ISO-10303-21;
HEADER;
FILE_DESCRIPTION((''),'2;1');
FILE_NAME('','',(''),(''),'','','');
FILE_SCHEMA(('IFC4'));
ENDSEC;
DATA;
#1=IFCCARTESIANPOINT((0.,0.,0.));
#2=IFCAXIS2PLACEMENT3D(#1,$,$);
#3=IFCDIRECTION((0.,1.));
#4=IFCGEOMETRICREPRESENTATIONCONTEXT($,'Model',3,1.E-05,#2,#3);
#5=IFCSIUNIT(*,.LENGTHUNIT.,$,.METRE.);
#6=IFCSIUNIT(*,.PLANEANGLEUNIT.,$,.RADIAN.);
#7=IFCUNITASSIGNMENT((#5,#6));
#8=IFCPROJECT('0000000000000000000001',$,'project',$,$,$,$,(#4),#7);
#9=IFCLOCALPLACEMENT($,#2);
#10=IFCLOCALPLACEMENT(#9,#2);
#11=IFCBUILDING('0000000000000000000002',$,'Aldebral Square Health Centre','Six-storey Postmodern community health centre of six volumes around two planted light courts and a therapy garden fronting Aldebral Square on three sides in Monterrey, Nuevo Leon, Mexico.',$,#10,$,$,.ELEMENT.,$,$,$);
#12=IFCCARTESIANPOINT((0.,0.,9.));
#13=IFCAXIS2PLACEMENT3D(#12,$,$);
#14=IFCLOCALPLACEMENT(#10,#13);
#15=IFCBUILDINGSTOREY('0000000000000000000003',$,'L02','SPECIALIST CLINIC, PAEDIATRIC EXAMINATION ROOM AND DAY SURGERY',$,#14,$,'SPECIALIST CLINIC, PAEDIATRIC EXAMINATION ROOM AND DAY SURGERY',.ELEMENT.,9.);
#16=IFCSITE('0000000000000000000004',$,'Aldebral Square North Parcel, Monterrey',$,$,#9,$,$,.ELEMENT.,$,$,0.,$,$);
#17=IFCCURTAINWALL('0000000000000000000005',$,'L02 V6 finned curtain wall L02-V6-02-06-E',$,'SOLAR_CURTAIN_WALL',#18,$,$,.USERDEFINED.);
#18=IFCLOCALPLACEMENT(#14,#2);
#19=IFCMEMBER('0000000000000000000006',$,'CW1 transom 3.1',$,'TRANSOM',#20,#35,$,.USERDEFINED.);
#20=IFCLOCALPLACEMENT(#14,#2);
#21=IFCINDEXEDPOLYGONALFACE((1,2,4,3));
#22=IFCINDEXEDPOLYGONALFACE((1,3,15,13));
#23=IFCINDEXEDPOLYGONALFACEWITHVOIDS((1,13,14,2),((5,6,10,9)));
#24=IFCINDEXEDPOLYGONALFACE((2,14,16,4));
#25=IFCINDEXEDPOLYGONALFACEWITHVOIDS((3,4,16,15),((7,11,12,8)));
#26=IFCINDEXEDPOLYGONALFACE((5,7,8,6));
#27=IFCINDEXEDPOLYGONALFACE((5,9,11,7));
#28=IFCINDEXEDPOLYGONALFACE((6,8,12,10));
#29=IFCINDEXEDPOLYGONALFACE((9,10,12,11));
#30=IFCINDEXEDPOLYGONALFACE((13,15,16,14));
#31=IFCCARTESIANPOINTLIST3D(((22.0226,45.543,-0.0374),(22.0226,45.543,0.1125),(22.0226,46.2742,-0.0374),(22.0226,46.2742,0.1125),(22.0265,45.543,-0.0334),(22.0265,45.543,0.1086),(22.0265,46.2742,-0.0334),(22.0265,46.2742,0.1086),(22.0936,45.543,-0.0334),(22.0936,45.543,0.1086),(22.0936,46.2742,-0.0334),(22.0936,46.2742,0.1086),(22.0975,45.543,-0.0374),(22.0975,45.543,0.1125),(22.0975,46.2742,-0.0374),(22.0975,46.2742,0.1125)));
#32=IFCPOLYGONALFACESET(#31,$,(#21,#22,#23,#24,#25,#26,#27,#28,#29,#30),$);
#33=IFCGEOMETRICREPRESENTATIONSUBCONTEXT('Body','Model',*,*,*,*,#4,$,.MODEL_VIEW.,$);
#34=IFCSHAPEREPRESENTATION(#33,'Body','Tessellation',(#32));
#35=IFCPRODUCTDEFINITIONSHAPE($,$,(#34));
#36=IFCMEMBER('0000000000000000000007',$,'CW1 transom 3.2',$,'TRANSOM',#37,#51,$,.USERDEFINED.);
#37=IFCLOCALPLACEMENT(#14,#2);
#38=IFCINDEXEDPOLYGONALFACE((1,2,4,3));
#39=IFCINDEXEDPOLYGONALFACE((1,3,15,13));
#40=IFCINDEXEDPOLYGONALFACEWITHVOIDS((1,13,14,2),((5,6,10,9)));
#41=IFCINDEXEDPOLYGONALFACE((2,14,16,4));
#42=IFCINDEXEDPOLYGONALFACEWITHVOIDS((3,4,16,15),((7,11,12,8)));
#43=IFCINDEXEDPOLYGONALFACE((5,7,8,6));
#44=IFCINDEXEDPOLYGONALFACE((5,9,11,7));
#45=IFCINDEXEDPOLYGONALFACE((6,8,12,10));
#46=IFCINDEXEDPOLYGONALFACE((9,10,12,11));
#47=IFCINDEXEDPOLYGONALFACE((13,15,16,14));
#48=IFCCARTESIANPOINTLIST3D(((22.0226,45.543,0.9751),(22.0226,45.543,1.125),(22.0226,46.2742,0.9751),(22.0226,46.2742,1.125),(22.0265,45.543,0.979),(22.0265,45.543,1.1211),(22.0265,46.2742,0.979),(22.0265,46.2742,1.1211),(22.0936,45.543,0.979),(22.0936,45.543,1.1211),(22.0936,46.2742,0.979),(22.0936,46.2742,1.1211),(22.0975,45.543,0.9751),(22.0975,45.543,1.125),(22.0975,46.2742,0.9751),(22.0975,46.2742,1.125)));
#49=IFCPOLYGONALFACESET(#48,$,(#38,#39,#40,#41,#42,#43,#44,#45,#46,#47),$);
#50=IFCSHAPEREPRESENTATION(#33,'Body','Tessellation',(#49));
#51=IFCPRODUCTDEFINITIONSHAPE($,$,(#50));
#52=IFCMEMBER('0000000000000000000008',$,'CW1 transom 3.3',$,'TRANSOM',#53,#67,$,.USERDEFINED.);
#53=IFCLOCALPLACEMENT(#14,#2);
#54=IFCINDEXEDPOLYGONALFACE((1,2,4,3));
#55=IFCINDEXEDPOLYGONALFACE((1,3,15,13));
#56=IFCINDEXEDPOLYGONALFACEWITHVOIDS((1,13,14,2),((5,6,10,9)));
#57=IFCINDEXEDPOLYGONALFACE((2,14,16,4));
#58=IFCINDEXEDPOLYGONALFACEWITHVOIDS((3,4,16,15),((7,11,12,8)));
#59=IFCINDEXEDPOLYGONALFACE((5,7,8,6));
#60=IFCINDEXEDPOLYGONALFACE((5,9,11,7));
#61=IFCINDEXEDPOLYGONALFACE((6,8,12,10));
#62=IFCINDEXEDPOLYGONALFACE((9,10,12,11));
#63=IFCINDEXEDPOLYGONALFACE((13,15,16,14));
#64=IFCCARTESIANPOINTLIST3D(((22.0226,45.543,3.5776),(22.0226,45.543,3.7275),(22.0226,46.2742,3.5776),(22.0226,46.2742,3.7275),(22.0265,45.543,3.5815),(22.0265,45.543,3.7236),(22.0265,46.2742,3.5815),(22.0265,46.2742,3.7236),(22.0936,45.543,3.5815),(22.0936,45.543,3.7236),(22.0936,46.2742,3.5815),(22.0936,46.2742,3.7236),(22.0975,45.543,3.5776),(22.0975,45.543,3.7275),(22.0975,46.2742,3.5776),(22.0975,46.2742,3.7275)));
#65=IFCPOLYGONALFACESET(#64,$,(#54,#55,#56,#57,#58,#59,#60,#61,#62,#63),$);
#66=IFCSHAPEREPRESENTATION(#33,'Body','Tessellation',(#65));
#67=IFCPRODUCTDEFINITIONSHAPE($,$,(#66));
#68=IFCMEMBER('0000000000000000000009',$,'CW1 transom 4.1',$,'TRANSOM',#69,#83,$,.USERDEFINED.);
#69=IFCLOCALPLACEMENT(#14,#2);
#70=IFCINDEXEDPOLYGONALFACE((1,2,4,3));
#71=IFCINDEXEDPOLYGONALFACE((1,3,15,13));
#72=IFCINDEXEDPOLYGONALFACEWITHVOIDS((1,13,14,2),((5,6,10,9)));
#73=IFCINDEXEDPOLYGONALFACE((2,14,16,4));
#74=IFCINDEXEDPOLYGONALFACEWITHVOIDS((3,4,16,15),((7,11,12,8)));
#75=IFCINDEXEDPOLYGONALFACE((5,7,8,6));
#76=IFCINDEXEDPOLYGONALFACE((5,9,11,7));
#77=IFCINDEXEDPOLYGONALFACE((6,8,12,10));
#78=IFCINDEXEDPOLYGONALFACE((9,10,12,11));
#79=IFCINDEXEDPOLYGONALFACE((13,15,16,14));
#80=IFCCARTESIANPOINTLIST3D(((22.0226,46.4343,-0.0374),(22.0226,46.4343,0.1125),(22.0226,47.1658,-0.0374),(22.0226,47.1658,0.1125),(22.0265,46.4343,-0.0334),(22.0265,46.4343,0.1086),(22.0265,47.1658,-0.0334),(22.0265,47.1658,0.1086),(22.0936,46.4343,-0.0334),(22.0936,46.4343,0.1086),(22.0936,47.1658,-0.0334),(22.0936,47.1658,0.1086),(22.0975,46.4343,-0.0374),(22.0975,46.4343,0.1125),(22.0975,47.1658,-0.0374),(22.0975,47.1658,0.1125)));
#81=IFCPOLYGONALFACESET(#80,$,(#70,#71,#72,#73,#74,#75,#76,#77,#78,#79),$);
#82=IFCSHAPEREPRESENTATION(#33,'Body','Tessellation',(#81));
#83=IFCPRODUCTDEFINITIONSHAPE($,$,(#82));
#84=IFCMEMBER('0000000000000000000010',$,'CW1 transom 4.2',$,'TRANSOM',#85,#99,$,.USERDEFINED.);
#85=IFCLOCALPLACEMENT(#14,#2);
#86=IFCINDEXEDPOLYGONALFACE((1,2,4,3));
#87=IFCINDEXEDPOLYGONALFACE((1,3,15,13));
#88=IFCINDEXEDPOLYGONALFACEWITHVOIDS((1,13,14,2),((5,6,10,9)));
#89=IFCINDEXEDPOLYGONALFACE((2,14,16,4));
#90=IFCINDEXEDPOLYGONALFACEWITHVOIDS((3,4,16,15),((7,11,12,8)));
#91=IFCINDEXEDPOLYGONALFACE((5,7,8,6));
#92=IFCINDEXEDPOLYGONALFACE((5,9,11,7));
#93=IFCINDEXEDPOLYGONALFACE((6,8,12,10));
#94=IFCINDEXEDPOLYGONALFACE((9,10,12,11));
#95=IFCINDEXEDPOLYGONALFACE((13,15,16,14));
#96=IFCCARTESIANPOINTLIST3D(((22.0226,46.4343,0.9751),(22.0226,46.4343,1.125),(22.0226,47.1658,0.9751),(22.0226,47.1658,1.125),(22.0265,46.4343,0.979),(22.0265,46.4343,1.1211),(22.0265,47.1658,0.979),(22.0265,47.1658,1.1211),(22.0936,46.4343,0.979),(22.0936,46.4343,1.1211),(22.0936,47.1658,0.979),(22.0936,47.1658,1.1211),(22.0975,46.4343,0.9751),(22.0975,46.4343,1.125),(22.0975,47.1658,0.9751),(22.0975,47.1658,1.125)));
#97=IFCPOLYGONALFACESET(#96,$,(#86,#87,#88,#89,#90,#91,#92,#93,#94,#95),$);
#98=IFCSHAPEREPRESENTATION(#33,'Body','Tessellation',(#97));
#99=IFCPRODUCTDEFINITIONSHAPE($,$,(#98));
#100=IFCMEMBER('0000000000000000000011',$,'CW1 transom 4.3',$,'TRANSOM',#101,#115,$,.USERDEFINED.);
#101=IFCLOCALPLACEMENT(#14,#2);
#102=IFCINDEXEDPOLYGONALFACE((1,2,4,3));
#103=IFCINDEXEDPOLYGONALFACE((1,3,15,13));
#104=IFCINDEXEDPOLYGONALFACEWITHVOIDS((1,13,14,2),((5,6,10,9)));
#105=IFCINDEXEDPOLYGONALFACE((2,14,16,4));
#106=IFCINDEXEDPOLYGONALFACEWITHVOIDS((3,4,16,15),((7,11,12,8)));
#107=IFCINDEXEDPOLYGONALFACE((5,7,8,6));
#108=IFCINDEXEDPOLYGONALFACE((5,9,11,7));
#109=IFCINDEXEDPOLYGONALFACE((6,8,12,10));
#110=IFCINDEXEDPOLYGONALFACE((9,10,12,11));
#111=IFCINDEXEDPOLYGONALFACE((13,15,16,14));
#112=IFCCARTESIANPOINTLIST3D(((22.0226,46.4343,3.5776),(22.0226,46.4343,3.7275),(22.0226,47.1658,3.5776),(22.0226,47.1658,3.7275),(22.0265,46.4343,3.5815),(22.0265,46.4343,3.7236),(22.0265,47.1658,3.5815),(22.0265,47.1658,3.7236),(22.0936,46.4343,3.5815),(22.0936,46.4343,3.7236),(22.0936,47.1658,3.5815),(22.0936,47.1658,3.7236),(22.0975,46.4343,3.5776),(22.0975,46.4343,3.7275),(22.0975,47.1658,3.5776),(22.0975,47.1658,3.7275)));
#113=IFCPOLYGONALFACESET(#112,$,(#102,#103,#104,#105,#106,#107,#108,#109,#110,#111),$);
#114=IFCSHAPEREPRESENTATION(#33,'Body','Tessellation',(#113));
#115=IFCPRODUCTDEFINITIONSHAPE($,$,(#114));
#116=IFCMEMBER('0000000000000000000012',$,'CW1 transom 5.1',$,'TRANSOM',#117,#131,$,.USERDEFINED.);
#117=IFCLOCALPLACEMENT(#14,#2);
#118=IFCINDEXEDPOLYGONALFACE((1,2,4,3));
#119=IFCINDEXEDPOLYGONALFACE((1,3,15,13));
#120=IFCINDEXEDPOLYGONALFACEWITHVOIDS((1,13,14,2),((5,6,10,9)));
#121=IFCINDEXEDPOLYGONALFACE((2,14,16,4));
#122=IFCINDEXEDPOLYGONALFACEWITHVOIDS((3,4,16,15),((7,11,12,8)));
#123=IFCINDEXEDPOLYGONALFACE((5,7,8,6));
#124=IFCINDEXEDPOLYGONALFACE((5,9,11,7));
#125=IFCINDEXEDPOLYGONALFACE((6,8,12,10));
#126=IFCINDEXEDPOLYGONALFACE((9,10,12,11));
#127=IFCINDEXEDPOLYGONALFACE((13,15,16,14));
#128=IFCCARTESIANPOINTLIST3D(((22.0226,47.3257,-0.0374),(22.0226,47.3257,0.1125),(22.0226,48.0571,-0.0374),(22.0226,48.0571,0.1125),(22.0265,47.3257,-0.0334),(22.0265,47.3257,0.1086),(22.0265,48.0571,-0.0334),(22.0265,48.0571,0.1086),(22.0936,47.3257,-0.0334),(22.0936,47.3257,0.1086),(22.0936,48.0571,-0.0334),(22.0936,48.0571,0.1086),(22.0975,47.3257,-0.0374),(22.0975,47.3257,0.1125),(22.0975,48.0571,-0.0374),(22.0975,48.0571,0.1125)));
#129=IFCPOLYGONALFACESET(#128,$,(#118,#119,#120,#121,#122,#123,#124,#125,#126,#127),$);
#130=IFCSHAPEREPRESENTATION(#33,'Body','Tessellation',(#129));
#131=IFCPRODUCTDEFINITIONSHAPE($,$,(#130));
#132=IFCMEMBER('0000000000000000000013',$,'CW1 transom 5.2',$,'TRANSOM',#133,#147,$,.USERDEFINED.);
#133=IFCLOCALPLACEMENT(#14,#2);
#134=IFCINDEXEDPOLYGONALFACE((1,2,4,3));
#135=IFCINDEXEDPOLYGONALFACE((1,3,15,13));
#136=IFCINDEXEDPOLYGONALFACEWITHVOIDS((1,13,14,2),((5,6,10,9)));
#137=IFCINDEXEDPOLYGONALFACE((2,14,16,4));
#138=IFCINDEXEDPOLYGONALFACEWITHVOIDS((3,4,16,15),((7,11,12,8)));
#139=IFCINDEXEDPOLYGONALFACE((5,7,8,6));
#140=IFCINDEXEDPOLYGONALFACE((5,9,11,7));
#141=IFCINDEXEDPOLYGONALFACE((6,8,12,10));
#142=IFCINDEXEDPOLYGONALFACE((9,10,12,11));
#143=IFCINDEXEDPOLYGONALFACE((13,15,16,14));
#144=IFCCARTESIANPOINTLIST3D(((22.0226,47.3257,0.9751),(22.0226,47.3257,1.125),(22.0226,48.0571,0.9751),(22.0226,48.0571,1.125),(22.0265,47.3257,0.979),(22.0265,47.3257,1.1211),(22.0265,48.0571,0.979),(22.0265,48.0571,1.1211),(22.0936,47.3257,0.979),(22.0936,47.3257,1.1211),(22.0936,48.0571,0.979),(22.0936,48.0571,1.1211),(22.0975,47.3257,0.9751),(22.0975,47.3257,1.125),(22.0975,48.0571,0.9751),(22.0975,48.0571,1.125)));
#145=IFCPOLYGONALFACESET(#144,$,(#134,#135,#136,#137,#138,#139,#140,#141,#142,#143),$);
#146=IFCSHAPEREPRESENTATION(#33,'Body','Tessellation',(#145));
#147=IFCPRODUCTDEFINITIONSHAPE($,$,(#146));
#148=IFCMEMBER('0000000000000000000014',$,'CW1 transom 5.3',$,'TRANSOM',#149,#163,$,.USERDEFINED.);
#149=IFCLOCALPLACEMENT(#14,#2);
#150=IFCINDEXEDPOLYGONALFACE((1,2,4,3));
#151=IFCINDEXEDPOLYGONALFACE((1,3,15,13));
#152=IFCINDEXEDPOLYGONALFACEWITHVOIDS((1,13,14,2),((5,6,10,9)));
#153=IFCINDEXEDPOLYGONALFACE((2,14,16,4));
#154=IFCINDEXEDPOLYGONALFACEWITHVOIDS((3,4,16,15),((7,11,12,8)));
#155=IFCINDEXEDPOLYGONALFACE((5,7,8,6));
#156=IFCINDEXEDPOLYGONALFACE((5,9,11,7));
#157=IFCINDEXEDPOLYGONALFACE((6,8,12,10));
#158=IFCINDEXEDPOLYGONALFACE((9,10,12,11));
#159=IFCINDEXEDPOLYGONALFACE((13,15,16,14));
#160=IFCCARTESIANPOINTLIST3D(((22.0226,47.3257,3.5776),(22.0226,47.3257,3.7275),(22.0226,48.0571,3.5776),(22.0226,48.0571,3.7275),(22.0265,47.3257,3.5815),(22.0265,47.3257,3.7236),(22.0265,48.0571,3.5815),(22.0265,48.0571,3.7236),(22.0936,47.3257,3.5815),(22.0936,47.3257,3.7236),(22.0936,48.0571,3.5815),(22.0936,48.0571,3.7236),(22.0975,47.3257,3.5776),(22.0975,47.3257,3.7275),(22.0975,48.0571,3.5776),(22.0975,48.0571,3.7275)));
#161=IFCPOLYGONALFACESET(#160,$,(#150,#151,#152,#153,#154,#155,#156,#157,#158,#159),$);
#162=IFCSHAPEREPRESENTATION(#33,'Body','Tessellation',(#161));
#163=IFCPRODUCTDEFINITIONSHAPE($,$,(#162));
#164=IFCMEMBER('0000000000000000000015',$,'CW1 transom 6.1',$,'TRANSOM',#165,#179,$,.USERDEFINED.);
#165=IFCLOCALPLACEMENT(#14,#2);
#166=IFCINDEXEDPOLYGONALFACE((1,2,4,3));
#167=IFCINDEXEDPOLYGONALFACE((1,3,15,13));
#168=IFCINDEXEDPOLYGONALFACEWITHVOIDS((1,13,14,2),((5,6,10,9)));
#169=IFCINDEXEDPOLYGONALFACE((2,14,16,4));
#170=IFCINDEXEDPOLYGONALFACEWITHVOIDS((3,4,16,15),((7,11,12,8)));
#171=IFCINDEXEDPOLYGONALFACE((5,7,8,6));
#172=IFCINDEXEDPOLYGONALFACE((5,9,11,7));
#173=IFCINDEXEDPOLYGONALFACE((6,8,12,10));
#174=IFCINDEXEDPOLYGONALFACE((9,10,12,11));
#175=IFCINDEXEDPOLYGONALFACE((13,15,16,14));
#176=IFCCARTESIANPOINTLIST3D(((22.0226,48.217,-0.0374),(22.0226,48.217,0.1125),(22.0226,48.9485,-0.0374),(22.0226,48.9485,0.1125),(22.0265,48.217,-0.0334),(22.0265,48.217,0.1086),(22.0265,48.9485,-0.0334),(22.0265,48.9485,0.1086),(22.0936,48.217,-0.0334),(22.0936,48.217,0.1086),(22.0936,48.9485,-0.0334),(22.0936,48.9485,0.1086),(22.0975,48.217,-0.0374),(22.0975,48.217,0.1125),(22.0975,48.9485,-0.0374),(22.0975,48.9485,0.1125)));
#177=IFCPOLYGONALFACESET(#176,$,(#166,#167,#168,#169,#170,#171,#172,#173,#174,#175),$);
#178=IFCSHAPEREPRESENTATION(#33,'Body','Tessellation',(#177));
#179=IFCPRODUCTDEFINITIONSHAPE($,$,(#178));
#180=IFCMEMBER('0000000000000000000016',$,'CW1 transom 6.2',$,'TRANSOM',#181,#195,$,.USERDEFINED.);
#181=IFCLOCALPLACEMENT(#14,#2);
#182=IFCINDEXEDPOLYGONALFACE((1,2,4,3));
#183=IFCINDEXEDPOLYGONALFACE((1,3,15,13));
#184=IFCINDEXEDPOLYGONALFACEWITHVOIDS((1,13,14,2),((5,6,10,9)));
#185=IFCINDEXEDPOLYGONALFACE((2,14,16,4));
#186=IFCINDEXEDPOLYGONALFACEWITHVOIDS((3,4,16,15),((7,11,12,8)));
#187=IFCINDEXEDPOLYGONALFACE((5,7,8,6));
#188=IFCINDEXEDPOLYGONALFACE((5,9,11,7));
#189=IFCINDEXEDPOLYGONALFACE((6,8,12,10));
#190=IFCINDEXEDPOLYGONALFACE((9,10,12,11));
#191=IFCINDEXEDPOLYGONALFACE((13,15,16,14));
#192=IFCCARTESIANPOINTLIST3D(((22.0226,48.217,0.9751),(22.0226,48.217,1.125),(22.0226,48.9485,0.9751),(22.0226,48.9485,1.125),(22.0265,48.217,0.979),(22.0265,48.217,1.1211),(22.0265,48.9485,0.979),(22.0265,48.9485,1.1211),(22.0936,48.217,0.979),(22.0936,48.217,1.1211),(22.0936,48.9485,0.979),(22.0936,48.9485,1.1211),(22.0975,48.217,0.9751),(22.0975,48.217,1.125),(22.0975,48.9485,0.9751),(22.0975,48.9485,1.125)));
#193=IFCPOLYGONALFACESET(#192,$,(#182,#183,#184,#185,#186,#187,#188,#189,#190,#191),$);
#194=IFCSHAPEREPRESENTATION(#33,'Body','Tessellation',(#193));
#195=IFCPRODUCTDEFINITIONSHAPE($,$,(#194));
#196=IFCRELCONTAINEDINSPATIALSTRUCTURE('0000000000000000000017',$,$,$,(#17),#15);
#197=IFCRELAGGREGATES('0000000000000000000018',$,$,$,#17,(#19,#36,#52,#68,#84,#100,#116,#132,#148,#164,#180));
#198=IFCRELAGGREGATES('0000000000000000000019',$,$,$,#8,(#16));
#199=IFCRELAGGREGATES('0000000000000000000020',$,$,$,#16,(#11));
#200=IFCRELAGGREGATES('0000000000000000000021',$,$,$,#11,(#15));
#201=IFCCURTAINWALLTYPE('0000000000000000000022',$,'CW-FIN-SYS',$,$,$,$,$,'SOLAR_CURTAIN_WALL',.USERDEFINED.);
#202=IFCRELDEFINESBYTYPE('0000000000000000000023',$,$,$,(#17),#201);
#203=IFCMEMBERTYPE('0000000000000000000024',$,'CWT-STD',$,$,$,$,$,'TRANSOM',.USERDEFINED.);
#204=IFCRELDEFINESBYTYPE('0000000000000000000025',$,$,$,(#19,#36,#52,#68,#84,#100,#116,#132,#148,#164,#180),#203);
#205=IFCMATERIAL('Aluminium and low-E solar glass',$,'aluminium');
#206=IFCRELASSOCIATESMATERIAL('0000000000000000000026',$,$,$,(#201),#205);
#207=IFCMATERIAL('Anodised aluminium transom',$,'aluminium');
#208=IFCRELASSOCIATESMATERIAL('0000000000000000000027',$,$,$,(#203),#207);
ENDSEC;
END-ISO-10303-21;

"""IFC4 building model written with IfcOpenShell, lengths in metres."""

from ifc_helpers import new_model, si_unit, direction, frame, origin, origin_2d, place, context, subcontext, project, spatial, hollow_rectangle, extrude, material, material_profile, profile_set, type_object, element, aggregate, save


model = new_model("IFC4")

# Units and contexts
model_context = context("Model", 3, precision=1e-05, world=origin(), true_north=direction((0.0, 1.0)))
body_context = subcontext(model_context, "Body", "Model", "MODEL_VIEW")
ifc_project = project(units=[si_unit("LENGTHUNIT", "METRE"), si_unit("PLANEANGLEUNIT", "RADIAN")], contexts=[model_context])

# Site, building, storey
site_placement = place(None, origin())
site = spatial("IfcSite", under=ifc_project, at=site_placement, Name="Aldebral Square North Parcel, Monterrey", CompositionType="ELEMENT", RefElevation=0.0)
building_placement = place(site_placement, origin())
building = spatial("IfcBuilding", under=site, at=building_placement, Name="Aldebral Square Health Centre", Description="Six-storey Postmodern community health centre of six volumes around two planted light courts and a therapy garden fronting Aldebral Square on three sides in Monterrey, Nuevo Leon, Mexico.", CompositionType="ELEMENT")
storey_placement = place(building_placement, frame((0.0, 0.0, 9.0)))
storey = spatial("IfcBuildingStorey", under=building, at=storey_placement, Name="L02", Description="SPECIALIST CLINIC, PAEDIATRIC EXAMINATION ROOM AND DAY SURGERY", LongName="SPECIALIST CLINIC, PAEDIATRIC EXAMINATION ROOM AND DAY SURGERY", CompositionType="ELEMENT", Elevation=9.0)

# Curtain wall, members
ifc_material_1 = material(Name="Aluminium and low-E solar glass", Category="aluminium")
curtain_wall_type = type_object("IfcCurtainWallType", Name="CW-FIN-SYS", ElementType="SOLAR_CURTAIN_WALL", PredefinedType="USERDEFINED", material=ifc_material_1)
curtain_wall_placement = place(storey_placement, origin())
curtain_wall = element("IfcCurtainWall", 1, at=curtain_wall_placement, inside=storey, type_object=curtain_wall_type, Name="L02 V6 finned curtain wall L02-V6-02-06-E", ObjectType="SOLAR_CURTAIN_WALL", PredefinedType="USERDEFINED")
ifc_material_2 = material(Name="Anodised aluminium transom", Category="aluminium")
ifc_material_profile_1 = material_profile(ifc_material_2, hollow_rectangle(XDim=0.075, YDim=0.1499, WallThickness=0.0039, at=origin_2d()), Name="CWT 75x150x4")
ifc_profile_set_1 = profile_set([ifc_material_profile_1], Name="Anodised aluminium transom")
member_type_1 = type_object("IfcMemberType", Name="CWT-STD", ElementType="TRANSOM", PredefinedType="USERDEFINED", material=ifc_profile_set_1)
member_1_placement = place(storey_placement, frame((22.0601, 45.543, 0.0376), z_axis=(0.0, 1.0, 0.0), x_axis=(-1.0, 0.0, 0.0)))
member_1 = element("IfcMember", 2, at=member_1_placement, type_object=member_type_1, Name="CW1 transom 3.1", ObjectType="TRANSOM", PredefinedType="USERDEFINED", context=body_context, shape_type="SweptSolid", body=[
    extrude(hollow_rectangle(XDim=0.075, YDim=0.1499, WallThickness=0.0039, at=origin_2d()), origin(), (0.0, 0.0, 1.0), 0.7312),
])
member_2_placement = place(storey_placement, frame((22.0601, 45.543, 1.05), z_axis=(0.0, 1.0, 0.0), x_axis=(-1.0, 0.0, 0.0)))
member_2 = element("IfcMember", 3, at=member_2_placement, type_object=member_type_1, Name="CW1 transom 3.2", ObjectType="TRANSOM", PredefinedType="USERDEFINED", context=body_context, shape_type="SweptSolid", body=[
    extrude(hollow_rectangle(XDim=0.075, YDim=0.1499, WallThickness=0.0039, at=origin_2d()), origin(), (0.0, 0.0, 1.0), 0.7312),
])
member_3_placement = place(storey_placement, frame((22.0601, 45.543, 3.6526), z_axis=(0.0, 1.0, 0.0), x_axis=(-1.0, 0.0, 0.0)))
member_3 = element("IfcMember", 4, at=member_3_placement, type_object=member_type_1, Name="CW1 transom 3.3", ObjectType="TRANSOM", PredefinedType="USERDEFINED", context=body_context, shape_type="SweptSolid", body=[
    extrude(hollow_rectangle(XDim=0.075, YDim=0.1499, WallThickness=0.0039, at=origin_2d()), origin(), (0.0, 0.0, 1.0), 0.7312),
])
member_4_placement = place(storey_placement, frame((22.0601, 46.4343, 0.0376), z_axis=(0.0, 1.0, 0.0), x_axis=(-1.0, 0.0, 0.0)))
member_4 = element("IfcMember", 5, at=member_4_placement, type_object=member_type_1, Name="CW1 transom 4.1", ObjectType="TRANSOM", PredefinedType="USERDEFINED", context=body_context, shape_type="SweptSolid", body=[
    extrude(hollow_rectangle(XDim=0.075, YDim=0.1499, WallThickness=0.0039, at=origin_2d()), origin(), (0.0, 0.0, 1.0), 0.7314),
])
member_5_placement = place(storey_placement, frame((22.0601, 46.4343, 1.05), z_axis=(0.0, 1.0, 0.0), x_axis=(-1.0, 0.0, 0.0)))
member_5 = element("IfcMember", 6, at=member_5_placement, type_object=member_type_1, Name="CW1 transom 4.2", ObjectType="TRANSOM", PredefinedType="USERDEFINED", context=body_context, shape_type="SweptSolid", body=[
    extrude(hollow_rectangle(XDim=0.075, YDim=0.1499, WallThickness=0.0039, at=origin_2d()), origin(), (0.0, 0.0, 1.0), 0.7314),
])
member_6_placement = place(storey_placement, frame((22.0601, 46.4343, 3.6526), z_axis=(0.0, 1.0, 0.0), x_axis=(-1.0, 0.0, 0.0)))
member_6 = element("IfcMember", 7, at=member_6_placement, type_object=member_type_1, Name="CW1 transom 4.3", ObjectType="TRANSOM", PredefinedType="USERDEFINED", context=body_context, shape_type="SweptSolid", body=[
    extrude(hollow_rectangle(XDim=0.075, YDim=0.1499, WallThickness=0.0039, at=origin_2d()), origin(), (0.0, 0.0, 1.0), 0.7314),
])
member_7_placement = place(storey_placement, frame((22.0601, 47.3257, 0.0376), z_axis=(0.0, 1.0, 0.0), x_axis=(-1.0, 0.0, 0.0)))
member_7 = element("IfcMember", 8, at=member_7_placement, type_object=member_type_1, Name="CW1 transom 5.1", ObjectType="TRANSOM", PredefinedType="USERDEFINED", context=body_context, shape_type="SweptSolid", body=[
    extrude(hollow_rectangle(XDim=0.075, YDim=0.1499, WallThickness=0.0039, at=origin_2d()), origin(), (0.0, 0.0, 1.0), 0.7314),
])
member_8_placement = place(storey_placement, frame((22.0601, 47.3257, 1.05), z_axis=(0.0, 1.0, 0.0), x_axis=(-1.0, 0.0, 0.0)))
member_8 = element("IfcMember", 9, at=member_8_placement, type_object=member_type_1, Name="CW1 transom 5.2", ObjectType="TRANSOM", PredefinedType="USERDEFINED", context=body_context, shape_type="SweptSolid", body=[
    extrude(hollow_rectangle(XDim=0.075, YDim=0.1499, WallThickness=0.0039, at=origin_2d()), origin(), (0.0, 0.0, 1.0), 0.7314),
])
member_9_placement = place(storey_placement, frame((22.0601, 47.3257, 3.6526), z_axis=(0.0, 1.0, 0.0), x_axis=(-1.0, 0.0, 0.0)))
member_9 = element("IfcMember", 10, at=member_9_placement, type_object=member_type_1, Name="CW1 transom 5.3", ObjectType="TRANSOM", PredefinedType="USERDEFINED", context=body_context, shape_type="SweptSolid", body=[
    extrude(hollow_rectangle(XDim=0.075, YDim=0.1499, WallThickness=0.0039, at=origin_2d()), origin(), (0.0, 0.0, 1.0), 0.7314),
])
member_10_placement = place(storey_placement, frame((22.0601, 48.217, 0.0376), z_axis=(0.0, 1.0, 0.0), x_axis=(-1.0, 0.0, 0.0)))
member_10 = element("IfcMember", 11, at=member_10_placement, type_object=member_type_1, Name="CW1 transom 6.1", ObjectType="TRANSOM", PredefinedType="USERDEFINED", context=body_context, shape_type="SweptSolid", body=[
    extrude(hollow_rectangle(XDim=0.075, YDim=0.1499, WallThickness=0.0039, at=origin_2d()), origin(), (0.0, 0.0, 1.0), 0.7314),
])
member_11_placement = place(storey_placement, frame((22.0601, 48.217, 1.05), z_axis=(0.0, 1.0, 0.0), x_axis=(-1.0, 0.0, 0.0)))
member_11 = element("IfcMember", 12, at=member_11_placement, type_object=member_type_1, Name="CW1 transom 6.2", ObjectType="TRANSOM", PredefinedType="USERDEFINED", context=body_context, shape_type="SweptSolid", body=[
    extrude(hollow_rectangle(XDim=0.075, YDim=0.1499, WallThickness=0.0039, at=origin_2d()), origin(), (0.0, 0.0, 1.0), 0.7314),
])
aggregate(curtain_wall, [member_1, member_2, member_3, member_4, member_5, member_6, member_7, member_8, member_9, member_10, member_11])

save(model, "model.ifc")
